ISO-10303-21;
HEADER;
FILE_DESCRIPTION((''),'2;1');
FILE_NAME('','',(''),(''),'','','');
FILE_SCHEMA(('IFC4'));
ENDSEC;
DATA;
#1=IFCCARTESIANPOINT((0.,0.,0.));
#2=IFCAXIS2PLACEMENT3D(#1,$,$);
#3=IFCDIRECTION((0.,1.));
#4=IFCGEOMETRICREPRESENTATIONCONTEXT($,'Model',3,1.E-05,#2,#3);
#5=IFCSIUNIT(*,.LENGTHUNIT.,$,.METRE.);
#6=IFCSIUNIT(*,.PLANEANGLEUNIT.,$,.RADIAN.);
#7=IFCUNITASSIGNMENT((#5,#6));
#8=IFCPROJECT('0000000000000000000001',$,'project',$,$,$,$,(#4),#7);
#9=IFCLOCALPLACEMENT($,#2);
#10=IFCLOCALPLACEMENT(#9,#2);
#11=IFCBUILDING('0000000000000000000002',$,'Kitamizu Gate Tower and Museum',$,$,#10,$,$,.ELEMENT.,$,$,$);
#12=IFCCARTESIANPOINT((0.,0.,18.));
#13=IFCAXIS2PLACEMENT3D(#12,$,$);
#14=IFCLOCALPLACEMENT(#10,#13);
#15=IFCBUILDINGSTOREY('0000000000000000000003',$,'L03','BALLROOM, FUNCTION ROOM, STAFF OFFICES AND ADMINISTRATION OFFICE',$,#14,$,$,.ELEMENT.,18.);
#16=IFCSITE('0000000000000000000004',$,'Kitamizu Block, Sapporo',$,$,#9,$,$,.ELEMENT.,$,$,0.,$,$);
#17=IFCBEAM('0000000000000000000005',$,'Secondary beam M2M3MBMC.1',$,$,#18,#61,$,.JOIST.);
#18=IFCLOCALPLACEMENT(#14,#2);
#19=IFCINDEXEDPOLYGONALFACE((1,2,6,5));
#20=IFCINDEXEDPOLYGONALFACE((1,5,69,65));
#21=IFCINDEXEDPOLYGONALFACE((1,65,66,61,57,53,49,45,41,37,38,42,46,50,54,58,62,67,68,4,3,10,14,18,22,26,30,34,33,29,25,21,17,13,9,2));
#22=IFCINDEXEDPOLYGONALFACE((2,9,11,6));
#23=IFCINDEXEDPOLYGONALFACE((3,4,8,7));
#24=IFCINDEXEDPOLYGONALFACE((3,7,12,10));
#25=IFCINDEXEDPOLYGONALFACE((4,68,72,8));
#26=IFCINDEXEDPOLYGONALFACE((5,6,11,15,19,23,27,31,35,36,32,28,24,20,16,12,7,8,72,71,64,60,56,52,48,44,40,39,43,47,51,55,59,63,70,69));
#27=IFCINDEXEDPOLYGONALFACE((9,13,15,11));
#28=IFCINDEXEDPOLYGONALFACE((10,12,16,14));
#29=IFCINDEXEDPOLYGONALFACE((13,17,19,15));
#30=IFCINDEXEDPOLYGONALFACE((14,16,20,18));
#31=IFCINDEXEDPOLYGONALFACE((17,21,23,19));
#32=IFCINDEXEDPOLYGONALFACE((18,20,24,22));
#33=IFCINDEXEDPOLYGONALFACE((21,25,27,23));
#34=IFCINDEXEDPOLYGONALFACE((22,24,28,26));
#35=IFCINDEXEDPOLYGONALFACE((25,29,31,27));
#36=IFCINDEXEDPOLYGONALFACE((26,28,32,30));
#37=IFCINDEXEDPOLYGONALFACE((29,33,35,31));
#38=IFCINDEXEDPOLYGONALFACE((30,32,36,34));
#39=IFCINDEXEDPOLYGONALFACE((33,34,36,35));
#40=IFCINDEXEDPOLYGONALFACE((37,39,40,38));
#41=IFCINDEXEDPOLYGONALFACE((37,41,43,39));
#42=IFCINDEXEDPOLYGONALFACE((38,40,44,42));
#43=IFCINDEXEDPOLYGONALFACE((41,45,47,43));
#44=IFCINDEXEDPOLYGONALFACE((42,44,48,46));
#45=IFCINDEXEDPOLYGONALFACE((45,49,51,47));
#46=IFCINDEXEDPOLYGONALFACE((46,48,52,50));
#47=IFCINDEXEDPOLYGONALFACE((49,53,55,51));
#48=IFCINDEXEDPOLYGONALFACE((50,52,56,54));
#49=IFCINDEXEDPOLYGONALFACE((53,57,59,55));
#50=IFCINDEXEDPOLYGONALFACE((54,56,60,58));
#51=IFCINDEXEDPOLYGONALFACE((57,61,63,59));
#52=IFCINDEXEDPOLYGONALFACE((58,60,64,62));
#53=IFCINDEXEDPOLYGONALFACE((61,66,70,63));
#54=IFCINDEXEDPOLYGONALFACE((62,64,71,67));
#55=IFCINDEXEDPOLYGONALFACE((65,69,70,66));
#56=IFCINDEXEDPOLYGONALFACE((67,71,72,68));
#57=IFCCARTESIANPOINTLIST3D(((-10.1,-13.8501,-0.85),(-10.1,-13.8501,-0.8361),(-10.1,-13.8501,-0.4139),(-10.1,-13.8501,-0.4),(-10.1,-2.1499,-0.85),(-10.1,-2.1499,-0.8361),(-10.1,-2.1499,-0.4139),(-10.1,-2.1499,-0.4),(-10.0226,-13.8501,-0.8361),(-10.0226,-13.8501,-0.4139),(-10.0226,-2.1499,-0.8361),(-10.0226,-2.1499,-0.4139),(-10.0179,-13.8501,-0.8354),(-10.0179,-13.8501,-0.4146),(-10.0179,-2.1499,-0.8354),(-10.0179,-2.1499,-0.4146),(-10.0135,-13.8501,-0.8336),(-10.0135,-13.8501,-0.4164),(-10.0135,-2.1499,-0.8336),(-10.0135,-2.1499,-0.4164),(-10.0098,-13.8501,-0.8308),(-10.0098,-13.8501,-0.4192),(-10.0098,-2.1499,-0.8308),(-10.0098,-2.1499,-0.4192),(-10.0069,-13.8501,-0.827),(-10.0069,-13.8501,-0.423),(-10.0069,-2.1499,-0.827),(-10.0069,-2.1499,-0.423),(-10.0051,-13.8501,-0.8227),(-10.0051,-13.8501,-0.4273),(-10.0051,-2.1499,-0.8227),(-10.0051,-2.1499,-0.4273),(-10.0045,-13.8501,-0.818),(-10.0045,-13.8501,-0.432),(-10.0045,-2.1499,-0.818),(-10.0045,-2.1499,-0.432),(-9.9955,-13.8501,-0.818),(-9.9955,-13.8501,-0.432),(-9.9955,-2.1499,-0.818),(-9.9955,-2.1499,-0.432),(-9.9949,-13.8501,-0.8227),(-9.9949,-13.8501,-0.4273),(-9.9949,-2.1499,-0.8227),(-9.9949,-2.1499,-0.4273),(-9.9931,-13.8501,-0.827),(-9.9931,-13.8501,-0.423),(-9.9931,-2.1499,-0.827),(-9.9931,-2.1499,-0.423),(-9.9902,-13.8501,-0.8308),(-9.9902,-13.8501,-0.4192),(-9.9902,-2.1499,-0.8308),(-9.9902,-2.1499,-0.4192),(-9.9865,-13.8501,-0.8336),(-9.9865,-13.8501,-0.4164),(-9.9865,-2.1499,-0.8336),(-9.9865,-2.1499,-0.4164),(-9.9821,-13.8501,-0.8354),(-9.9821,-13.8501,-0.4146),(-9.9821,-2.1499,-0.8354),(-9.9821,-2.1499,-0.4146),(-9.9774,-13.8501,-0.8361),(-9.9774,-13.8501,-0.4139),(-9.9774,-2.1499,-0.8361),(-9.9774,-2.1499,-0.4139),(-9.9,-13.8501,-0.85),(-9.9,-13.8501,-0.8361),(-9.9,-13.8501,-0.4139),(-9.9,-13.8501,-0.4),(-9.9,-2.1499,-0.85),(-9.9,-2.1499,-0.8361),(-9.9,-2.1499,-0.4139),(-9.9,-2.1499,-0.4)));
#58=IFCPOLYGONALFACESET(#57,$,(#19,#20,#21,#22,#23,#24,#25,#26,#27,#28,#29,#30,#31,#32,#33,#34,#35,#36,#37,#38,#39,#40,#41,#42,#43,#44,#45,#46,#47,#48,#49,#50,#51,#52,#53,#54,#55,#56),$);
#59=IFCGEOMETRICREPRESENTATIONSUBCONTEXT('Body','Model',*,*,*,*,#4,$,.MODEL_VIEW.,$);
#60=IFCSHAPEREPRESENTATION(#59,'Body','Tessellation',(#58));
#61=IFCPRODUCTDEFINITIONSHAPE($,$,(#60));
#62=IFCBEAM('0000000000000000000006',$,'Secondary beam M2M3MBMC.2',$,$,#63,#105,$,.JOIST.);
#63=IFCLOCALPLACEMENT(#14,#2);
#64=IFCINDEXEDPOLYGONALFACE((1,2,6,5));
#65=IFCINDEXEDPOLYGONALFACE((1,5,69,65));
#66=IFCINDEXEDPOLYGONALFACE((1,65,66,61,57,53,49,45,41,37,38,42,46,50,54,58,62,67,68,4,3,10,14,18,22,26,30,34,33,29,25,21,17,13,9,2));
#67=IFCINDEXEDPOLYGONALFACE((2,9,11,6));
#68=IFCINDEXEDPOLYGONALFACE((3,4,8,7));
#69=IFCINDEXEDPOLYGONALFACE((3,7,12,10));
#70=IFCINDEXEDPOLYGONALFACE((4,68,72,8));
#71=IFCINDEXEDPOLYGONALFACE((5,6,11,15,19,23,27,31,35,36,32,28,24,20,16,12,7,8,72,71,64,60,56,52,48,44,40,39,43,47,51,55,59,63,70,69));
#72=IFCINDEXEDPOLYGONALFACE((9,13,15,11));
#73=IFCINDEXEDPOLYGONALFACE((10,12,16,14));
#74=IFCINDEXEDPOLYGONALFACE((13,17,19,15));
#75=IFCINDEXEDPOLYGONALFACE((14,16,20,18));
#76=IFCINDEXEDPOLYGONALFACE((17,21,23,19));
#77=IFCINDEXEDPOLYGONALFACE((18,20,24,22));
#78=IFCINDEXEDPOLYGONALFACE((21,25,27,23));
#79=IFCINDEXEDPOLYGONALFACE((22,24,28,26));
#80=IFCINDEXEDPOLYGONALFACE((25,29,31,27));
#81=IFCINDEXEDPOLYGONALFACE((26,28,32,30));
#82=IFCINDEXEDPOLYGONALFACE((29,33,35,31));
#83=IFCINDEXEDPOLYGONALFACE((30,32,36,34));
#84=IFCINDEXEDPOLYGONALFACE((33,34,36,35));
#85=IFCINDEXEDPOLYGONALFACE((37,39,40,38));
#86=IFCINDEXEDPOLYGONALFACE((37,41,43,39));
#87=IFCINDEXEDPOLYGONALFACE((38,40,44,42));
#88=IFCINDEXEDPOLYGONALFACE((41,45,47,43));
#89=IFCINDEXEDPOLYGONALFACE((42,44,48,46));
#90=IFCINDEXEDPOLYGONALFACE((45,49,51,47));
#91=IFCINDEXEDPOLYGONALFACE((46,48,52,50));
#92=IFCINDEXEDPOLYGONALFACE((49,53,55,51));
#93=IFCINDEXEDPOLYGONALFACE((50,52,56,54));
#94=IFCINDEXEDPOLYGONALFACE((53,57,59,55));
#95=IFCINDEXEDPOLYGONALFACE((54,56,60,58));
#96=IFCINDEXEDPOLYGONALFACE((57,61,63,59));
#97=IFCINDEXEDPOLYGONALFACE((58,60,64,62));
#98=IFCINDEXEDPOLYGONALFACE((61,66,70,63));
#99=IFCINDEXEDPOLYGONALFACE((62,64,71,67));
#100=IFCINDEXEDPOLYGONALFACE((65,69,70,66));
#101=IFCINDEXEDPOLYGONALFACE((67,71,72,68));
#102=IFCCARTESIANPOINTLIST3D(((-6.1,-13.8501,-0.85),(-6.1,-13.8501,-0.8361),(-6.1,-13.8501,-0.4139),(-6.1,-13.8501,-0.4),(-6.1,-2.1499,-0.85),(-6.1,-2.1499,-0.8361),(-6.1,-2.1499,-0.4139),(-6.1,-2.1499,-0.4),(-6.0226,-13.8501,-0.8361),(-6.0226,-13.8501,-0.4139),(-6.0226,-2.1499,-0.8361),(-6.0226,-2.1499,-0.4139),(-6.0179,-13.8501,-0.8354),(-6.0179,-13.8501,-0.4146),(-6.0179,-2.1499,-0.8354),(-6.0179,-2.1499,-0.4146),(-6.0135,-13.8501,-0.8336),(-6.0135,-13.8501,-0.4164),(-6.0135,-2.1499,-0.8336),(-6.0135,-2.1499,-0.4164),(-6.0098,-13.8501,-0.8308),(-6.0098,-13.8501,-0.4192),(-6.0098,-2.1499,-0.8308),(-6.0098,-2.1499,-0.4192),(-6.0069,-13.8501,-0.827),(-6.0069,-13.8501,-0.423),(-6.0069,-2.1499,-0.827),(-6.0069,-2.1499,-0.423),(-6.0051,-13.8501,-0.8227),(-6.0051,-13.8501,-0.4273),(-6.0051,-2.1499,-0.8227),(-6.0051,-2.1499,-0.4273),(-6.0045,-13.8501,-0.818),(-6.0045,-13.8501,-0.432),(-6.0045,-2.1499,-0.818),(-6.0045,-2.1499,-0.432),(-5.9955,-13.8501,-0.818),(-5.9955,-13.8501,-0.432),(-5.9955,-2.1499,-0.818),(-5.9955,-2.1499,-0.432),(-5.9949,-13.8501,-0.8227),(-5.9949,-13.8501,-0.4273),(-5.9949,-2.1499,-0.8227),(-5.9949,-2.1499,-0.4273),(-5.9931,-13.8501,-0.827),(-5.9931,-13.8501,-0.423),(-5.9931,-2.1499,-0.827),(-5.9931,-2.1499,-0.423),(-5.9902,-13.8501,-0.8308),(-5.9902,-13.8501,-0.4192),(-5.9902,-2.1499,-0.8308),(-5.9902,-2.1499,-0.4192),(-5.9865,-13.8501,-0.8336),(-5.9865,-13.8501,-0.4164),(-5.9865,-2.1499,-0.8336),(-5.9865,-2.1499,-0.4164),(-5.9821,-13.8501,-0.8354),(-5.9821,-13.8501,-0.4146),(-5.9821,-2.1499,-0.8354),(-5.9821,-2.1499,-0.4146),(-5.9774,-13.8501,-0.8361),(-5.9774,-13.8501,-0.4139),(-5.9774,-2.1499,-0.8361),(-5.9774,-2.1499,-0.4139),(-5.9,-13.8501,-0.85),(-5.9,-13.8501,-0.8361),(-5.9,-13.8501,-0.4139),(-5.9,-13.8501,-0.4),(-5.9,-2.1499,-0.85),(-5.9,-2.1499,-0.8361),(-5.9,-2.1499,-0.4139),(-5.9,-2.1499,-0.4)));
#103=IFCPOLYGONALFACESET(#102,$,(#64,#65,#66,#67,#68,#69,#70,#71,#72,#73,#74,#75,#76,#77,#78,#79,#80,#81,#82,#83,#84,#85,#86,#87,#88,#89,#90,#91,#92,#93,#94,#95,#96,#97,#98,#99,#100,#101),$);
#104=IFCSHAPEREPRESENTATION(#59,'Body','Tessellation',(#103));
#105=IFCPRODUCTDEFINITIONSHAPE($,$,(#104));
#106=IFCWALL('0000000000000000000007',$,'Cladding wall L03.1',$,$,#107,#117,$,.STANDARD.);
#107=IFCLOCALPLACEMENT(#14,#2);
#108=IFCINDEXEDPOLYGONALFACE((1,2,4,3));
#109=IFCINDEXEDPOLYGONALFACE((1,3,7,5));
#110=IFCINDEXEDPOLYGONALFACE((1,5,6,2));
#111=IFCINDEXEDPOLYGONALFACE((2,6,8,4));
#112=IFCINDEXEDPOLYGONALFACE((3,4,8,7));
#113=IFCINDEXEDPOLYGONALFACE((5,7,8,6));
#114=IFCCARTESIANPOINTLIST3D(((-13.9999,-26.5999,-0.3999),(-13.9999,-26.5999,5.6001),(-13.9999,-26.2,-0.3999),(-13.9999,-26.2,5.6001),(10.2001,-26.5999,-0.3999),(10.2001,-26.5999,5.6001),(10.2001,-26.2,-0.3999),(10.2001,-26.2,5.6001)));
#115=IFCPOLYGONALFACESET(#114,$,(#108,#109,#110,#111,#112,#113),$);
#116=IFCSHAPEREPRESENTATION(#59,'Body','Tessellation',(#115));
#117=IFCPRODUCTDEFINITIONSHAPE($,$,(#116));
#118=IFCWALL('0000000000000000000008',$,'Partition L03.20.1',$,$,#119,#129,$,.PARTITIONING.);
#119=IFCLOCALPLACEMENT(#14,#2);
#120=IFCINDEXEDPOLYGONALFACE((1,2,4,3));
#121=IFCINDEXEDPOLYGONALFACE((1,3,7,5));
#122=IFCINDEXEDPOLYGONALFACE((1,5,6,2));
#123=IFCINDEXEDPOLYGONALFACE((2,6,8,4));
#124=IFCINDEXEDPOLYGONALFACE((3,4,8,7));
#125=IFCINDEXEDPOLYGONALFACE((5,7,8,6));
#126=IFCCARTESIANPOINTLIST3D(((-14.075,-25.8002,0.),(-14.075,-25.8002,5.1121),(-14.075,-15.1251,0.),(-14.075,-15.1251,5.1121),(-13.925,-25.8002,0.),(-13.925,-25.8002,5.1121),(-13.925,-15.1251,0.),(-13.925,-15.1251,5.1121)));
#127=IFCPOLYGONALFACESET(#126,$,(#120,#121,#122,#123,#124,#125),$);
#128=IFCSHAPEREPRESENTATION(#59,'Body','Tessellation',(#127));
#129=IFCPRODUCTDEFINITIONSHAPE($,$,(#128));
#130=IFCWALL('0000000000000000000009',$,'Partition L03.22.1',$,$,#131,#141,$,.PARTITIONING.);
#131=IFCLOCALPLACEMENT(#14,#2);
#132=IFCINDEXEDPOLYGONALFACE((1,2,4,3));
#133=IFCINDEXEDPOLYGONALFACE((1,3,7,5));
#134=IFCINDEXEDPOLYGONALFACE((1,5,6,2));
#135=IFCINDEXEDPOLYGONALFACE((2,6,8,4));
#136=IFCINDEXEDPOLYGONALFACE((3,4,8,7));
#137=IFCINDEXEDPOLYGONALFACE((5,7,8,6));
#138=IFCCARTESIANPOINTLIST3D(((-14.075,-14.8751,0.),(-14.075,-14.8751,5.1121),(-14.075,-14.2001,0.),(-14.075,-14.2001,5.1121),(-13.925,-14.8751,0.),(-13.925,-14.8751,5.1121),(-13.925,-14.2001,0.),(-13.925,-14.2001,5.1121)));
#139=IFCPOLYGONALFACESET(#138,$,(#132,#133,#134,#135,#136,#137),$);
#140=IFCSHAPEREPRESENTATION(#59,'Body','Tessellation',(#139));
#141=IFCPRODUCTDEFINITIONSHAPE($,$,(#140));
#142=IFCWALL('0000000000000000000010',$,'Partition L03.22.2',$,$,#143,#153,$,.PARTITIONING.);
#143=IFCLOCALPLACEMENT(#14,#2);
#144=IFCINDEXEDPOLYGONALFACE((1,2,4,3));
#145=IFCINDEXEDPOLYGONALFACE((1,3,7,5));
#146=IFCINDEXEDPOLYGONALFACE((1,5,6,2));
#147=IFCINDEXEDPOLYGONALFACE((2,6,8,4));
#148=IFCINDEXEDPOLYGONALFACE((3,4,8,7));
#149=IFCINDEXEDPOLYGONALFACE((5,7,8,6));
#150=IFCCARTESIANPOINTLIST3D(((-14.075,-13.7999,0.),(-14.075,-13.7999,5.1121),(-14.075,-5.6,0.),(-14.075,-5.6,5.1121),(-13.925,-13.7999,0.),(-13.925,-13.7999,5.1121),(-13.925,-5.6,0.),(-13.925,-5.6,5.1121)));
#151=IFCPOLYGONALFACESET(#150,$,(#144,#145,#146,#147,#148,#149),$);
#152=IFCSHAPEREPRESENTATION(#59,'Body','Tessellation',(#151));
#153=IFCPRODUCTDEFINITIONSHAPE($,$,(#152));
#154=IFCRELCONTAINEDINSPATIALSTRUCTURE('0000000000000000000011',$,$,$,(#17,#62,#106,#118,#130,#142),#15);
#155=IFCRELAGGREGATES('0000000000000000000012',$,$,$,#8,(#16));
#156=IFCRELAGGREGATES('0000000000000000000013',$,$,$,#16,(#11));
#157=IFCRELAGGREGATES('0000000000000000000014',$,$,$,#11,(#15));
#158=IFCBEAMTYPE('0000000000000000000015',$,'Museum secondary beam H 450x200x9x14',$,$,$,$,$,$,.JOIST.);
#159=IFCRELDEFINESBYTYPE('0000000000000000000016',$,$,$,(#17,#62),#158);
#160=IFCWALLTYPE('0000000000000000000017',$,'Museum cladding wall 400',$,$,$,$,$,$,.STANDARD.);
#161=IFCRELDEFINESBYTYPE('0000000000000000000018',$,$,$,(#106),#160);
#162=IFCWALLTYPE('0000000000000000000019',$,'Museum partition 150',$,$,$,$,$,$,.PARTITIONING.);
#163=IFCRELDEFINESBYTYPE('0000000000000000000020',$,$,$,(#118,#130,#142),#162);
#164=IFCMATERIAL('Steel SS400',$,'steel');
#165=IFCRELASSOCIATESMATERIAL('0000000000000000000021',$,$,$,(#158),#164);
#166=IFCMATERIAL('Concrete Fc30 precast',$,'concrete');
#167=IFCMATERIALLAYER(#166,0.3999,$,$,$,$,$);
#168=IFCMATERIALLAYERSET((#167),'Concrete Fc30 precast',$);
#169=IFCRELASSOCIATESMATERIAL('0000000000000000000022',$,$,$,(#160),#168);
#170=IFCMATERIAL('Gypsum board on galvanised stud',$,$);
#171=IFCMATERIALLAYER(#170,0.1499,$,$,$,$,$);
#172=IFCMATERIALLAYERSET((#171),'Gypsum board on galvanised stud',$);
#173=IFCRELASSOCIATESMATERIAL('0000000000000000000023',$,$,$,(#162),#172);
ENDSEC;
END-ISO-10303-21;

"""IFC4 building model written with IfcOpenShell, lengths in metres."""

from ifc_helpers import new_model, si_unit, direction, frame, frame_2d, origin, origin_2d, place, context, subcontext, project, spatial, rectangle, i_section, extrude, material, layer, layer_set, material_profile, profile_set, type_object, element, save


model = new_model("IFC4")

# Units and contexts
model_context = context("Model", 3, precision=1e-05, world=origin(), true_north=direction((0.0, 1.0)))
body_context = subcontext(model_context, "Body", "Model", "MODEL_VIEW")
ifc_project = project(units=[si_unit("LENGTHUNIT", "METRE"), si_unit("PLANEANGLEUNIT", "RADIAN")], contexts=[model_context])

# Site, building, storey
site_placement = place(None, origin())
site = spatial("IfcSite", under=ifc_project, at=site_placement, Name="Kitamizu Block, Sapporo", CompositionType="ELEMENT", RefElevation=0.0)
building_placement = place(site_placement, origin())
building = spatial("IfcBuilding", under=site, at=building_placement, Name="Kitamizu Gate Tower and Museum", CompositionType="ELEMENT")
storey_placement = place(building_placement, frame((0.0, 0.0, 18.0)))
storey = spatial("IfcBuildingStorey", under=building, at=storey_placement, Name="L03", Description="BALLROOM, FUNCTION ROOM, STAFF OFFICES AND ADMINISTRATION OFFICE", CompositionType="ELEMENT", Elevation=18.0)

# Beams
ifc_material_1 = material(Name="Steel SS400", Category="steel")
ifc_material_profile_1 = material_profile(ifc_material_1, i_section(OverallWidth=0.2, OverallDepth=0.45, WebThickness=0.009, FlangeThickness=0.0139, FilletRadius=0.0181, at=origin_2d()), Name="H-450x200x9x14")
ifc_profile_set_1 = profile_set([ifc_material_profile_1], Name="Steel SS400")
beam_type_1 = type_object("IfcBeamType", Name="Museum secondary beam H 450x200x9x14", PredefinedType="JOIST", material=ifc_profile_set_1)
for number, where, z_axis, x_axis, name in (
    (1, (-10.0, -13.8501, -0.625), (0.0, 1.0, 0.0), (-1.0, 0.0, 0.0), "Secondary beam M2M3MBMC.1"),
    (2, (-6.0, -13.8501, -0.625), (0.0, 1.0, 0.0), (-1.0, 0.0, 0.0), "Secondary beam M2M3MBMC.2"),
):
    element("IfcBeam", number, at=place(storey_placement, frame(where, z_axis=z_axis, x_axis=x_axis)), inside=storey, type_object=beam_type_1, Name=name, PredefinedType="JOIST", context=body_context, shape_type="SweptSolid", body=[
        extrude(i_section(OverallWidth=0.2, OverallDepth=0.45, WebThickness=0.009, FlangeThickness=0.0139, FilletRadius=0.0181, at=origin_2d()), origin(), (0.0, 0.0, 1.0), 11.7002),
    ])

# Walls
ifc_material_2 = material(Name="Concrete Fc30 precast", Category="concrete")
ifc_layer_1 = layer(ifc_material_2, 0.3999)
ifc_layer_set_1 = layer_set([ifc_layer_1], Name="Concrete Fc30 precast")
wall_type_1 = type_object("IfcWallType", Name="Museum cladding wall 400", PredefinedType="STANDARD", material=ifc_layer_set_1)
wall_1_placement = place(storey_placement, frame((-14.0, -26.3999, -0.3999), z_axis=(0.0, 0.0, 1.0), x_axis=(1.0, 0.0, 0.0)))
element("IfcWall", 3, at=wall_1_placement, inside=storey, type_object=wall_type_1, Name="Cladding wall L03.1", PredefinedType="STANDARD", context=body_context, shape_type="SweptSolid", body=[
    extrude(rectangle(XDim=24.2, YDim=0.3999, at=frame_2d((12.1001, 0.0))), origin(), (0.0, 0.0, 1.0), 6.0),
])
ifc_material_3 = material(Name="Gypsum board on galvanised stud")
ifc_layer_2 = layer(ifc_material_3, 0.1499)
ifc_layer_set_2 = layer_set([ifc_layer_2], Name="Gypsum board on galvanised stud")
wall_type_2 = type_object("IfcWallType", Name="Museum partition 150", PredefinedType="PARTITIONING", material=ifc_layer_set_2)
wall_2_placement = place(storey_placement, frame((-14.0, -25.8, 0.0), z_axis=(0.0, 0.0, 1.0), x_axis=(0.0, 1.0, 0.0)))
element("IfcWall", 4, at=wall_2_placement, inside=storey, type_object=wall_type_2, Name="Partition L03.20.1", PredefinedType="PARTITIONING", context=body_context, shape_type="SweptSolid", body=[
    extrude(rectangle(XDim=10.675, YDim=0.1499, at=frame_2d((5.3374, 0.0))), origin(), (0.0, 0.0, 1.0), 5.1121),
])
wall_3_placement = place(storey_placement, frame((-14.0, -14.875, 0.0), z_axis=(0.0, 0.0, 1.0), x_axis=(0.0, 1.0, 0.0)))
element("IfcWall", 5, at=wall_3_placement, inside=storey, type_object=wall_type_2, Name="Partition L03.22.1", PredefinedType="PARTITIONING", context=body_context, shape_type="SweptSolid", body=[
    extrude(rectangle(XDim=0.675, YDim=0.1499, at=frame_2d((0.3374, 0.0))), origin(), (0.0, 0.0, 1.0), 5.1121),
])
wall_4_placement = place(storey_placement, frame((-14.0, -13.8, 0.0), z_axis=(0.0, 0.0, 1.0), x_axis=(0.0, 1.0, 0.0)))
element("IfcWall", 6, at=wall_4_placement, inside=storey, type_object=wall_type_2, Name="Partition L03.22.2", PredefinedType="PARTITIONING", context=body_context, shape_type="SweptSolid", body=[
    extrude(rectangle(XDim=8.2, YDim=0.1499, at=frame_2d((4.1001, 0.0))), origin(), (0.0, 0.0, 1.0), 5.1121),
])

save(model, "model.ifc")
